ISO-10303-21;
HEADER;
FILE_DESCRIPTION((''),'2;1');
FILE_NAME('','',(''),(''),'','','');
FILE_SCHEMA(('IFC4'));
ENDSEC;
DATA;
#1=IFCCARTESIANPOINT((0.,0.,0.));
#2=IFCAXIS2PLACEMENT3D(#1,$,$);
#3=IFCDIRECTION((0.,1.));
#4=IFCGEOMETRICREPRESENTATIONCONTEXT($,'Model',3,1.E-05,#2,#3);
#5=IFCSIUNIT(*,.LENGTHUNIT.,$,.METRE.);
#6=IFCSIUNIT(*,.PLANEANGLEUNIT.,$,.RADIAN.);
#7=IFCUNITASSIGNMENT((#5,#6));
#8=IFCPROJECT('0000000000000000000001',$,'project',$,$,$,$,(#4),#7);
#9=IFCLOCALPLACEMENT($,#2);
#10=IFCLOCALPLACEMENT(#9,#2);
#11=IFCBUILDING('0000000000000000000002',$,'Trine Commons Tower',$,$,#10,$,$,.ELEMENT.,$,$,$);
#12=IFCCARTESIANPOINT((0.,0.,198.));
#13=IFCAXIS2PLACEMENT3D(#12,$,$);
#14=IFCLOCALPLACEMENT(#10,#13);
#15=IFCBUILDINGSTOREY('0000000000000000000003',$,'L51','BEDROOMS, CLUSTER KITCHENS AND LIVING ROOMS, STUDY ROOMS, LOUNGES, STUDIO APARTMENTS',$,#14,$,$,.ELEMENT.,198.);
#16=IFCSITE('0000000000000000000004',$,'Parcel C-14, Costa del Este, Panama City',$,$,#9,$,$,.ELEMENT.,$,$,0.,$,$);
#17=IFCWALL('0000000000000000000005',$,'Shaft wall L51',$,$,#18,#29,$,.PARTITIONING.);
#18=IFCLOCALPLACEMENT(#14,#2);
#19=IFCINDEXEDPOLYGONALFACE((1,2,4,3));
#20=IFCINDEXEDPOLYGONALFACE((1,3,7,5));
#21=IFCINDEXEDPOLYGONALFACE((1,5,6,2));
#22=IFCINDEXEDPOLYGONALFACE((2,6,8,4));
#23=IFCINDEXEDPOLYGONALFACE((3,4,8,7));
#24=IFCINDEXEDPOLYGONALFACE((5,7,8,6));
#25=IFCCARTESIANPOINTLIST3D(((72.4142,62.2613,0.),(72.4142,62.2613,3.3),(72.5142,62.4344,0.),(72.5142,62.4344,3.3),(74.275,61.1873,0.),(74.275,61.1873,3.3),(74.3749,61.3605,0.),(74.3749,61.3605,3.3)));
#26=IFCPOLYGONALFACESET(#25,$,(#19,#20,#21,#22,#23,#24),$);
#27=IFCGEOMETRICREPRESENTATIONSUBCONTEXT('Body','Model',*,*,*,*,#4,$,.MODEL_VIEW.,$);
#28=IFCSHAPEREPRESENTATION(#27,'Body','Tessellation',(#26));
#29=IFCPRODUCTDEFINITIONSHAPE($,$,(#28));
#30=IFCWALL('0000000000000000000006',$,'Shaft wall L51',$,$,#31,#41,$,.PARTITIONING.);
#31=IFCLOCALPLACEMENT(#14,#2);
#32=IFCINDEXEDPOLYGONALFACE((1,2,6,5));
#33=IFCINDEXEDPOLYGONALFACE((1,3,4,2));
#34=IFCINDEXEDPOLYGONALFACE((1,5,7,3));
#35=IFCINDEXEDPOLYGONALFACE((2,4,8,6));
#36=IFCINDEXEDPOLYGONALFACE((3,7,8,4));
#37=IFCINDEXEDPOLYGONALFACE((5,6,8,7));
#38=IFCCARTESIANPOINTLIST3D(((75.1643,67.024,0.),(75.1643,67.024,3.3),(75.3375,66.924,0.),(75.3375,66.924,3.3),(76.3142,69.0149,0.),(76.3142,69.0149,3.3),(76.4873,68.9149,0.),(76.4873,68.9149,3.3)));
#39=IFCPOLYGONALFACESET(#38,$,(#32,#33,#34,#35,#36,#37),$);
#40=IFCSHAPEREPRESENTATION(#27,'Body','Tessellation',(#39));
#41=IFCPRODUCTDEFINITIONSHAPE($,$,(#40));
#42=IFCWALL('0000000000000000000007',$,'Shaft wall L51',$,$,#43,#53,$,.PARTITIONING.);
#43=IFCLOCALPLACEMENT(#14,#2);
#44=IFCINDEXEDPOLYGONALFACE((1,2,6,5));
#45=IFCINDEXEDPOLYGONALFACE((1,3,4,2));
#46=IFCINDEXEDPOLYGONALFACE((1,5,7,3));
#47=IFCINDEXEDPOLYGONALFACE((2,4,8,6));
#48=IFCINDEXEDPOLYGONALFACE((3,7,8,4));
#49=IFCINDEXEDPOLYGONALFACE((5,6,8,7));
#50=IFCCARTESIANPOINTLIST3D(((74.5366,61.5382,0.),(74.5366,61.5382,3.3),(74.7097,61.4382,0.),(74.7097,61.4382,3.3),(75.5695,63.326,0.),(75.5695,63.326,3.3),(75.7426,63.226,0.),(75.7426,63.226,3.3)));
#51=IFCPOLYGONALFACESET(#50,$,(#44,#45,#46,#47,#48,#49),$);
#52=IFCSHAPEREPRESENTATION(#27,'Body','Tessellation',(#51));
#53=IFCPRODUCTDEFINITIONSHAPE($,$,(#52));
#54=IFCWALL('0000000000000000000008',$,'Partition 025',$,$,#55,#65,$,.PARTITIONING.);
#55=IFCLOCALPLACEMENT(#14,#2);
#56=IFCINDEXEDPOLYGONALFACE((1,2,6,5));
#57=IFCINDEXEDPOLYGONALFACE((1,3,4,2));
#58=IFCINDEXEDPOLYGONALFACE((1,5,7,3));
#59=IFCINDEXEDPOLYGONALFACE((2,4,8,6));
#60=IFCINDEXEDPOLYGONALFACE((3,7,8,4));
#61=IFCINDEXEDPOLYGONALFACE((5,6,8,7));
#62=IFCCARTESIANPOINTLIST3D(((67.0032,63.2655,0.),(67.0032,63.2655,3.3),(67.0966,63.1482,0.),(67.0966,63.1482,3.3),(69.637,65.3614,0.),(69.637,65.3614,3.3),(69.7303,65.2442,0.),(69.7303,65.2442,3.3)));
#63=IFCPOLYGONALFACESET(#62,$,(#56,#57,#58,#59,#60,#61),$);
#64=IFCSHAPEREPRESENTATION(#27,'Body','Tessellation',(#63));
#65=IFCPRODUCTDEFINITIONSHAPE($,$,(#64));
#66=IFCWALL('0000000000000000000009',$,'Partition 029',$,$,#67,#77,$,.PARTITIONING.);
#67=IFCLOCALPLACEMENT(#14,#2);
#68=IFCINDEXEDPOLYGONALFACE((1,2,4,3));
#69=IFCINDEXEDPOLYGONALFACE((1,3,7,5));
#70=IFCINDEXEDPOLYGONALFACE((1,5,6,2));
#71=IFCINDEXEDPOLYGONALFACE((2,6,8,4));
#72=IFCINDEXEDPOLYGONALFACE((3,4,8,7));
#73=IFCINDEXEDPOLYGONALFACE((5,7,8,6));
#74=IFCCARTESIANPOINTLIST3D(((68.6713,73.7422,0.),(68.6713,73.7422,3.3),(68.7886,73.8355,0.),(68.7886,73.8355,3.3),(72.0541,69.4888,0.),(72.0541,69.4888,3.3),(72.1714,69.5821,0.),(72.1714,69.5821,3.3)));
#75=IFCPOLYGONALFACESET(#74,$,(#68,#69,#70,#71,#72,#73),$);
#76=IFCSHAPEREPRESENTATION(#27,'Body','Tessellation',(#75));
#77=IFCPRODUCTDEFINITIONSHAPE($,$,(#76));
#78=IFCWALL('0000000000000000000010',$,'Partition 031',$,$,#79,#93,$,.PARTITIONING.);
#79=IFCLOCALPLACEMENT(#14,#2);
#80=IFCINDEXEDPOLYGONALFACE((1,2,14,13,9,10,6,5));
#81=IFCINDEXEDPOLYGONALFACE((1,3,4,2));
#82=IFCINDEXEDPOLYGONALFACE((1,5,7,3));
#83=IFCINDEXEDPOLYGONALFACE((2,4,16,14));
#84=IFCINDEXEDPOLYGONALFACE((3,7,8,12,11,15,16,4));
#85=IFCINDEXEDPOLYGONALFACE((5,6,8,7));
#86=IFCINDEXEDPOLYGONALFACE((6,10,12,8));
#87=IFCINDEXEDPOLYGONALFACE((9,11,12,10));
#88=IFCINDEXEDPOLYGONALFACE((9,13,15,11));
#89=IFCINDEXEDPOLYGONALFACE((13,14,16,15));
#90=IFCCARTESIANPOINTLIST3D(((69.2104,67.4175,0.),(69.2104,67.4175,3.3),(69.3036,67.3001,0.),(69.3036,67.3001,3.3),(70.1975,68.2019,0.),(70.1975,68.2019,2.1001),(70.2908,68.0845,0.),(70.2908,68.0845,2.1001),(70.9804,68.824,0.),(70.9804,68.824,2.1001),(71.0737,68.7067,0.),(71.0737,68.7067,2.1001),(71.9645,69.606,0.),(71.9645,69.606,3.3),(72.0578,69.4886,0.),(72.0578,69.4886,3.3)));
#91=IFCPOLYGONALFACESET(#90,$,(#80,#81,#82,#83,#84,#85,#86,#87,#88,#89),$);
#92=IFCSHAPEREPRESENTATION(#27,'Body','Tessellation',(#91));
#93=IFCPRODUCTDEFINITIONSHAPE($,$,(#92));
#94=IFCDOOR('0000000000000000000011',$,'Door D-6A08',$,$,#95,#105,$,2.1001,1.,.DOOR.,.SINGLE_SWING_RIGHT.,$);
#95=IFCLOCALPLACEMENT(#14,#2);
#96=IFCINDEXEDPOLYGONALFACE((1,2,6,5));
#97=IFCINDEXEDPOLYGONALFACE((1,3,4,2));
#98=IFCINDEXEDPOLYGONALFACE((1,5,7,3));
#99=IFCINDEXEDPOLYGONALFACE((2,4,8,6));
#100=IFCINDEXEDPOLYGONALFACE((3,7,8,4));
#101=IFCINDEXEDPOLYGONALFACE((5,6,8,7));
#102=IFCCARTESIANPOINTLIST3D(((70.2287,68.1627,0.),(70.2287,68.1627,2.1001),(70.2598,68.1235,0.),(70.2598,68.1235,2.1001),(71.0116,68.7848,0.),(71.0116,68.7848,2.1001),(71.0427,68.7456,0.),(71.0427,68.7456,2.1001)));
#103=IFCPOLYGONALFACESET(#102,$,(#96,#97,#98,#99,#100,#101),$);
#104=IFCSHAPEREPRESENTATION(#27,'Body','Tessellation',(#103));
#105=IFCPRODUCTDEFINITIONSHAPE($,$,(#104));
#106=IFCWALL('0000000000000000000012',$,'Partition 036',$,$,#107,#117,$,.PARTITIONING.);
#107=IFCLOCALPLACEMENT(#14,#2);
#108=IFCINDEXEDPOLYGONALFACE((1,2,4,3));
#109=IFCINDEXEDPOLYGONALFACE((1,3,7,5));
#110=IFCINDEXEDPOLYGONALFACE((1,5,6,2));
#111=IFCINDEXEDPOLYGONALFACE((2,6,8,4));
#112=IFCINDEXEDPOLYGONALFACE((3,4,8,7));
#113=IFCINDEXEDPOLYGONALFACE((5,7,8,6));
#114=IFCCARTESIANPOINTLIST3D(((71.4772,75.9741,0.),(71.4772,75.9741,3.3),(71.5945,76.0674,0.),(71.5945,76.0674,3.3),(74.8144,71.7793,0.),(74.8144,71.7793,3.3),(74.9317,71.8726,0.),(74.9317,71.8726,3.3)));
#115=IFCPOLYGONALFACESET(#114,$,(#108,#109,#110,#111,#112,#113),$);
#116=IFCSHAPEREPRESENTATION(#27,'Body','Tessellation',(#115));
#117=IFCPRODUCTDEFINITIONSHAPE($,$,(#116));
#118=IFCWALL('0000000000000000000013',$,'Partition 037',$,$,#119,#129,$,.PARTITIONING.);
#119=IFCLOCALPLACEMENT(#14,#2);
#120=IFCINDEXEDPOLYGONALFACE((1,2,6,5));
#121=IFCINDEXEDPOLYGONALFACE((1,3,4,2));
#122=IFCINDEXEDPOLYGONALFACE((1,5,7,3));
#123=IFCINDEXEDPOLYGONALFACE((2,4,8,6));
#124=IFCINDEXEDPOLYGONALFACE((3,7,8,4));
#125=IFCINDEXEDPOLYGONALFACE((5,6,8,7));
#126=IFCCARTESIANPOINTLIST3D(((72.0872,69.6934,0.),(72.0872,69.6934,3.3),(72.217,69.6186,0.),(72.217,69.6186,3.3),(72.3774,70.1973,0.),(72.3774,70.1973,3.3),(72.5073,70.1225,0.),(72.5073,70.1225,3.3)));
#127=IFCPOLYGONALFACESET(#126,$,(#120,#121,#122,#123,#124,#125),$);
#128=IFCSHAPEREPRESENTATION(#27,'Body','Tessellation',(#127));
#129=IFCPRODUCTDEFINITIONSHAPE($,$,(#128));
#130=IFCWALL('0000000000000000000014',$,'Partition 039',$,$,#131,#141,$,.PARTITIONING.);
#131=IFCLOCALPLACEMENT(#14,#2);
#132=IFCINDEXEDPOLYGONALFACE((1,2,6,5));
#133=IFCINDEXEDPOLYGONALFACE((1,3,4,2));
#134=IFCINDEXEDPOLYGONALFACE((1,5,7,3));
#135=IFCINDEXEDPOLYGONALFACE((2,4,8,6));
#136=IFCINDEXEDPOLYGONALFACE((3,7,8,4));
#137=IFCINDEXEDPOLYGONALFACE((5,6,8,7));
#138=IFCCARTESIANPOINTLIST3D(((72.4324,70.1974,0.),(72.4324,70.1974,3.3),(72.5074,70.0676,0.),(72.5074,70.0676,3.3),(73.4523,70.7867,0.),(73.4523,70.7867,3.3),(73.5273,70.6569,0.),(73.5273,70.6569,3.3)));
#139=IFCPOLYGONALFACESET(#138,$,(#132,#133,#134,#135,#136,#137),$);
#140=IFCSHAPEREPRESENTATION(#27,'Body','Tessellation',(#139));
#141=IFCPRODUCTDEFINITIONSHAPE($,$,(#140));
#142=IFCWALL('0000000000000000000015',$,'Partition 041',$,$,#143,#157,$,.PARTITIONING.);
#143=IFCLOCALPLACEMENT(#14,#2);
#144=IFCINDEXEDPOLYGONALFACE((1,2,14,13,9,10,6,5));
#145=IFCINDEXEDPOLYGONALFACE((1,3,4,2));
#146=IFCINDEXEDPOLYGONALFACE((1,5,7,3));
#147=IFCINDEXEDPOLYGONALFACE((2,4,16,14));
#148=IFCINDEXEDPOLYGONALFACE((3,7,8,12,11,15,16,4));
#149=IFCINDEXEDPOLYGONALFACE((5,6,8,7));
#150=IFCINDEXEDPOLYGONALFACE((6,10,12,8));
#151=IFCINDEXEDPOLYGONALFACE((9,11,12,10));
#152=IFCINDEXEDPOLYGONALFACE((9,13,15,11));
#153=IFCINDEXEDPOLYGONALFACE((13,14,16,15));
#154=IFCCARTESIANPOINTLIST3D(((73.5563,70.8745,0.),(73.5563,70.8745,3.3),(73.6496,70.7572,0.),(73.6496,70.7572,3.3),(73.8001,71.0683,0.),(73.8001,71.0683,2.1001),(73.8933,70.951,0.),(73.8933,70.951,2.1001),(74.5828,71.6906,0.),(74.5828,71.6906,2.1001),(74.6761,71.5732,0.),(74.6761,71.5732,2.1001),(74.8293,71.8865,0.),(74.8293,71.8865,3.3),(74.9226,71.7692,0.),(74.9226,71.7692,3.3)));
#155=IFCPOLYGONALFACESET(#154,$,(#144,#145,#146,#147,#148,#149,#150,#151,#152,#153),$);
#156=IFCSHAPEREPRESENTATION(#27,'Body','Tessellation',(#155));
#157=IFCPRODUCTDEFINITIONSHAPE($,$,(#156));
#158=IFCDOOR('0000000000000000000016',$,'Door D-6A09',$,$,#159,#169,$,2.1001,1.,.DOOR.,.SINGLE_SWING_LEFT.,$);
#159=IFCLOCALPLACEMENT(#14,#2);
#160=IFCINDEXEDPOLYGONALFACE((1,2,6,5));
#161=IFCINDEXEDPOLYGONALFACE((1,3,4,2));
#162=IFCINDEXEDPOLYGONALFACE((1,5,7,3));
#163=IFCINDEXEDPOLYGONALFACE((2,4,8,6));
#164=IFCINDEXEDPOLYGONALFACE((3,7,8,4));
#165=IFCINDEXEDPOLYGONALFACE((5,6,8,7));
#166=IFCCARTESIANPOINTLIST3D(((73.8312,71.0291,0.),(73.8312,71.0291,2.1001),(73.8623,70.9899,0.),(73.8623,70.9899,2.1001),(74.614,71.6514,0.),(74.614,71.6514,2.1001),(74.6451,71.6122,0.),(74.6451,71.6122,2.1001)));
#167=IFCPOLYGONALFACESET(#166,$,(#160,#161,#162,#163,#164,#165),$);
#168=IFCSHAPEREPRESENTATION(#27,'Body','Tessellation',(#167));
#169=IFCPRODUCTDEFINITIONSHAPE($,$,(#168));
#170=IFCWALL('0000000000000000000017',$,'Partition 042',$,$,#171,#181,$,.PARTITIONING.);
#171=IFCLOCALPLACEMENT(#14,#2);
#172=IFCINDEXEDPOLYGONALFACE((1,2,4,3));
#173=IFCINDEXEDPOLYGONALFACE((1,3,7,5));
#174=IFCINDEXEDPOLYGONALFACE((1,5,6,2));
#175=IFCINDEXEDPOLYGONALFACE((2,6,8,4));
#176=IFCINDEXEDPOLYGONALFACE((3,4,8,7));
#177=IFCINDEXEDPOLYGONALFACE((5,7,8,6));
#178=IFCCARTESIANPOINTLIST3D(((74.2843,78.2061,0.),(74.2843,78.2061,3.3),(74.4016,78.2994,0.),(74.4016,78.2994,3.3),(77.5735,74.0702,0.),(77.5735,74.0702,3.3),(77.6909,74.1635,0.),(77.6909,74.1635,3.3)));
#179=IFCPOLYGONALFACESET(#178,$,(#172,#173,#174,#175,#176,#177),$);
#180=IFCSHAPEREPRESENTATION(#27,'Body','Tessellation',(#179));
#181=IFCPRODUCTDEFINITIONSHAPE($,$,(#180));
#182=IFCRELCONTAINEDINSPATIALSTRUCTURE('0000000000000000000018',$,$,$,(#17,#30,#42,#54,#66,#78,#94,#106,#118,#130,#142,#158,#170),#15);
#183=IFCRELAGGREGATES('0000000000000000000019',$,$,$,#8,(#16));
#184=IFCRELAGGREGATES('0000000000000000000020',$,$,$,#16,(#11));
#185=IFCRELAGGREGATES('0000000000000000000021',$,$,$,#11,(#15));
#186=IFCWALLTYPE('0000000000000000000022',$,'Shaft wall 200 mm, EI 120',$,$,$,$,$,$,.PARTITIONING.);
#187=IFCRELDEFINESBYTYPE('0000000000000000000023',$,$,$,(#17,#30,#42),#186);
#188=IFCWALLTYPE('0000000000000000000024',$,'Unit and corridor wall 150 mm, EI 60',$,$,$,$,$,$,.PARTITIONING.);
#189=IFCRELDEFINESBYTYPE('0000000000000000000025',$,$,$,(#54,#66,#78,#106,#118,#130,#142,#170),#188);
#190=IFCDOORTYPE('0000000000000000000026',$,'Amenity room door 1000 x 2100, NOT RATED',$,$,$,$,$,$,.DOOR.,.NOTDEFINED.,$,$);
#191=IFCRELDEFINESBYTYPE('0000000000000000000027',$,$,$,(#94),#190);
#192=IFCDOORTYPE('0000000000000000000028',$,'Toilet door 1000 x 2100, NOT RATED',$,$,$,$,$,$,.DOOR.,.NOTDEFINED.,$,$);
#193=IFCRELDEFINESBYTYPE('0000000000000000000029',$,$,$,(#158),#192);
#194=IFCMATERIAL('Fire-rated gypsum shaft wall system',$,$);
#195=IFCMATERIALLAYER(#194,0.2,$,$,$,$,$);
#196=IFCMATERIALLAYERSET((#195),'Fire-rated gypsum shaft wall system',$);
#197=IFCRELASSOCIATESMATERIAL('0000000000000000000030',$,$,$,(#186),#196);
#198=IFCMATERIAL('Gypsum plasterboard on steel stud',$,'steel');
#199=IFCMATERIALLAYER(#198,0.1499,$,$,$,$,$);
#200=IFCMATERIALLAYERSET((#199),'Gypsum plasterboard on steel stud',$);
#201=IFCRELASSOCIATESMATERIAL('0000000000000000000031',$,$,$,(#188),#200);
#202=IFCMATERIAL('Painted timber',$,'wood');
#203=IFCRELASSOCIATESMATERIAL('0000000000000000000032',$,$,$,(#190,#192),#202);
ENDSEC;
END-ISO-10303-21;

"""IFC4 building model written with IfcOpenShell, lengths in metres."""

from ifc_helpers import new_model, si_unit, direction, frame, frame_2d, origin, place, context, subcontext, project, spatial, rectangle, extrude, material, layer, layer_set, type_object, element, fill, save


model = new_model("IFC4")

# Units and contexts
model_context = context("Model", 3, precision=1e-05, world=origin(), true_north=direction((0.0, 1.0)))
body_context = subcontext(model_context, "Body", "Model", "MODEL_VIEW")
ifc_project = project(units=[si_unit("LENGTHUNIT", "METRE"), si_unit("PLANEANGLEUNIT", "RADIAN")], contexts=[model_context])

# Site, building, storey
site_placement = place(None, origin())
site = spatial("IfcSite", under=ifc_project, at=site_placement, Name="Parcel C-14, Costa del Este, Panama City", CompositionType="ELEMENT", RefElevation=0.0)
building_placement = place(site_placement, origin())
building = spatial("IfcBuilding", under=site, at=building_placement, Name="Trine Commons Tower", CompositionType="ELEMENT")
storey_placement = place(building_placement, frame((0.0, 0.0, 198.0)))
storey = spatial("IfcBuildingStorey", under=building, at=storey_placement, Name="L51", Description="BEDROOMS, CLUSTER KITCHENS AND LIVING ROOMS, STUDY ROOMS, LOUNGES, STUDIO APARTMENTS", CompositionType="ELEMENT", Elevation=198.0)

# Walls
ifc_material_1 = material(Name="Fire-rated gypsum shaft wall system")
ifc_layer_1 = layer(ifc_material_1, 0.2)
ifc_layer_set_1 = layer_set([ifc_layer_1], Name="Fire-rated gypsum shaft wall system")
wall_type_1 = type_object("IfcWallType", Name="Shaft wall 200 mm, EI 120", PredefinedType="PARTITIONING", material=ifc_layer_set_1)
wall_1_placement = place(storey_placement, frame((74.325, 61.2739, 0.0), z_axis=(0.0, 0.0, 1.0), x_axis=(-0.866102, 0.499867, 0.0)))
element("IfcWall", 1, at=wall_1_placement, inside=storey, type_object=wall_type_1, Name="Shaft wall L51", PredefinedType="PARTITIONING", context=body_context, shape_type="SweptSolid", body=[
    extrude(rectangle(XDim=2.1484, YDim=0.2, at=frame_2d((1.0742, 0.0))), origin(), (0.0, 0.0, 1.0), 3.3),
])
wall_2_placement = place(storey_placement, frame((75.251, 66.9741, 0.0), z_axis=(0.0, 0.0, 1.0), x_axis=(0.500136, 0.865947, 0.0)))
element("IfcWall", 2, at=wall_2_placement, inside=storey, type_object=wall_type_1, Name="Shaft wall L51", PredefinedType="PARTITIONING", context=body_context, shape_type="SweptSolid", body=[
    extrude(rectangle(XDim=2.2991, YDim=0.2, at=frame_2d((1.1494, 0.0))), origin(), (0.0, 0.0, 1.0), 3.3),
])
wall_3_placement = place(storey_placement, frame((75.656, 63.2759, 0.0), z_axis=(0.0, 0.0, 1.0), x_axis=(-0.500272, -0.865868, 0.0)))
element("IfcWall", 3, at=wall_3_placement, inside=storey, type_object=wall_type_1, Name="Shaft wall L51", PredefinedType="PARTITIONING", context=body_context, shape_type="SweptSolid", body=[
    extrude(rectangle(XDim=2.0647, YDim=0.2, at=frame_2d((1.0322, 0.0))), origin(), (0.0, 0.0, 1.0), 3.3),
])
ifc_material_2 = material(Name="Gypsum plasterboard on steel stud", Category="steel")
ifc_layer_2 = layer(ifc_material_2, 0.1499)
ifc_layer_set_2 = layer_set([ifc_layer_2], Name="Gypsum plasterboard on steel stud")
wall_type_2 = type_object("IfcWallType", Name="Unit and corridor wall 150 mm, EI 60", PredefinedType="PARTITIONING", material=ifc_layer_set_2)
wall_4_placement = place(storey_placement, frame((67.0498, 63.2068, 0.0), z_axis=(0.0, 0.0, 1.0), x_axis=(0.782473, 0.622685, 0.0)))
element("IfcWall", 4, at=wall_4_placement, inside=storey, type_object=wall_type_2, Name="Partition 025", PredefinedType="PARTITIONING", context=body_context, shape_type="SweptSolid", body=[
    extrude(rectangle(XDim=3.366, YDim=0.1499, at=frame_2d((1.6831, 0.0))), origin(), (0.0, 0.0, 1.0), 3.3),
])
wall_5_placement = place(storey_placement, frame((68.73, 73.7888, 0.0), z_axis=(0.0, 0.0, 1.0), x_axis=(0.622457, -0.782654, 0.0)))
element("IfcWall", 5, at=wall_5_placement, inside=storey, type_object=wall_type_2, Name="Partition 029", PredefinedType="PARTITIONING", context=body_context, shape_type="SweptSolid", body=[
    extrude(rectangle(XDim=5.4346, YDim=0.1499, at=frame_2d((2.7173, 0.0))), origin(), (0.0, 0.0, 1.0), 3.3),
])

# Wall, opening, door
wall_6_placement = place(storey_placement, frame((69.2571, 67.3589, 0.0), z_axis=(0.0, 0.0, 1.0), x_axis=(0.782923, 0.622119, 0.0)))
wall_6 = element("IfcWall", 6, at=wall_6_placement, inside=storey, type_object=wall_type_2, Name="Partition 031", PredefinedType="PARTITIONING", context=body_context, shape_type="SweptSolid", body=[
    extrude(rectangle(XDim=3.5178, YDim=0.1499, at=frame_2d((1.7588, 0.0))), origin(), (0.0, 0.0, 1.0), 3.3),
])
opening_1_placement = place(wall_6_placement, frame((1.2607, 0.0, 0.0)))
opening_1 = element("IfcOpeningElement", 7, at=opening_1_placement, cuts=wall_6, PredefinedType="OPENING", context=body_context, shape_type="SweptSolid", body=[
    extrude(rectangle(XDim=1.0, YDim=2.1001, at=frame_2d((0.5, 1.05))), frame((0.0, 0.085, 0.0), z_axis=(0.0, -1.0, 0.0), x_axis=(1.0, 0.0, 0.0)), (0.0, 0.0, 1.0), 0.1699),
])
ifc_material_3 = material(Name="Painted timber", Category="wood")
door_type_1 = type_object("IfcDoorType", Name="Amenity room door 1000 x 2100, NOT RATED", OperationType="NOTDEFINED", PredefinedType="DOOR", material=ifc_material_3)
door_1_placement = place(opening_1_placement, origin())
door_1 = element("IfcDoor", 8, at=door_1_placement, inside=storey, type_object=door_type_1, Name="Door D-6A08", OperationType="SINGLE_SWING_RIGHT", OverallHeight=2.1001, OverallWidth=1.0, PredefinedType="DOOR", context=body_context, shape_type="SweptSolid", body=[
    extrude(rectangle(XDim=1.0, YDim=2.1001, at=frame_2d((0.5, 1.05))), frame((0.0, 0.0249, 0.0), z_axis=(0.0, -1.0, 0.0), x_axis=(1.0, 0.0, 0.0)), (0.0, 0.0, 1.0), 0.05),
])
fill(opening_1, door_1)

# Walls
wall_7_placement = place(storey_placement, frame((71.5359, 76.0208, 0.0), z_axis=(0.0, 0.0, 1.0), x_axis=(0.622565, -0.782568, 0.0)))
element("IfcWall", 9, at=wall_7_placement, inside=storey, type_object=wall_type_2, Name="Partition 036", PredefinedType="PARTITIONING", context=body_context, shape_type="SweptSolid", body=[
    extrude(rectangle(XDim=5.3604, YDim=0.1499, at=frame_2d((2.6802, 0.0))), origin(), (0.0, 0.0, 1.0), 3.3),
])
wall_8_placement = place(storey_placement, frame((72.1521, 69.656, 0.0), z_axis=(0.0, 0.0, 1.0), x_axis=(0.499165, 0.866507, 0.0)))
element("IfcWall", 10, at=wall_8_placement, inside=storey, type_object=wall_type_2, Name="Partition 037", PredefinedType="PARTITIONING", context=body_context, shape_type="SweptSolid", body=[
    extrude(rectangle(XDim=0.5815, YDim=0.1499, at=frame_2d((0.2908, 0.0))), origin(), (0.0, 0.0, 1.0), 3.3),
])
wall_9_placement = place(storey_placement, frame((72.47, 70.1326, 0.0), z_axis=(0.0, 0.0, 1.0), x_axis=(0.865861, 0.500285, 0.0)))
element("IfcWall", 11, at=wall_9_placement, inside=storey, type_object=wall_type_2, Name="Partition 039", PredefinedType="PARTITIONING", context=body_context, shape_type="SweptSolid", body=[
    extrude(rectangle(XDim=1.178, YDim=0.1499, at=frame_2d((0.5889, 0.0))), origin(), (0.0, 0.0, 1.0), 3.3),
])

# Wall, opening, door
wall_10_placement = place(storey_placement, frame((73.603, 70.8159, 0.0), z_axis=(0.0, 0.0, 1.0), x_axis=(0.782784, 0.622294, 0.0)))
wall_10 = element("IfcWall", 12, at=wall_10_placement, inside=storey, type_object=wall_type_2, Name="Partition 041", PredefinedType="PARTITIONING", context=body_context, shape_type="SweptSolid", body=[
    extrude(rectangle(XDim=1.6262, YDim=0.1499, at=frame_2d((0.813, 0.0))), origin(), (0.0, 0.0, 1.0), 3.3),
])
opening_2_placement = place(wall_10_placement, frame((0.3113, 0.0, 0.0)))
opening_2 = element("IfcOpeningElement", 13, at=opening_2_placement, cuts=wall_10, PredefinedType="OPENING", context=body_context, shape_type="SweptSolid", body=[
    extrude(rectangle(XDim=1.0, YDim=2.1001, at=frame_2d((0.5, 1.05))), frame((0.0, 0.085, 0.0), z_axis=(0.0, -1.0, 0.0), x_axis=(1.0, 0.0, 0.0)), (0.0, 0.0, 1.0), 0.1699),
])
door_type_2 = type_object("IfcDoorType", Name="Toilet door 1000 x 2100, NOT RATED", OperationType="NOTDEFINED", PredefinedType="DOOR", material=ifc_material_3)
door_2_placement = place(opening_2_placement, origin())
door_2 = element("IfcDoor", 14, at=door_2_placement, inside=storey, type_object=door_type_2, Name="Door D-6A09", OperationType="SINGLE_SWING_LEFT", OverallHeight=2.1001, OverallWidth=1.0, PredefinedType="DOOR", context=body_context, shape_type="SweptSolid", body=[
    extrude(rectangle(XDim=1.0, YDim=2.1001, at=frame_2d((0.5, 1.05))), frame((0.0, 0.0249, 0.0), z_axis=(0.0, -1.0, 0.0), x_axis=(1.0, 0.0, 0.0)), (0.0, 0.0, 1.0), 0.05),
])
fill(opening_2, door_2)

# Wall
wall_11_placement = place(storey_placement, frame((74.343, 78.2527, 0.0), z_axis=(0.0, 0.0, 1.0), x_axis=(0.622444, -0.782664, 0.0)))
element("IfcWall", 15, at=wall_11_placement, inside=storey, type_object=wall_type_2, Name="Partition 042", PredefinedType="PARTITIONING", context=body_context, shape_type="SweptSolid", body=[
    extrude(rectangle(XDim=5.2844, YDim=0.1499, at=frame_2d((2.6421, 0.0))), origin(), (0.0, 0.0, 1.0), 3.3),
])

save(model, "model.ifc")
